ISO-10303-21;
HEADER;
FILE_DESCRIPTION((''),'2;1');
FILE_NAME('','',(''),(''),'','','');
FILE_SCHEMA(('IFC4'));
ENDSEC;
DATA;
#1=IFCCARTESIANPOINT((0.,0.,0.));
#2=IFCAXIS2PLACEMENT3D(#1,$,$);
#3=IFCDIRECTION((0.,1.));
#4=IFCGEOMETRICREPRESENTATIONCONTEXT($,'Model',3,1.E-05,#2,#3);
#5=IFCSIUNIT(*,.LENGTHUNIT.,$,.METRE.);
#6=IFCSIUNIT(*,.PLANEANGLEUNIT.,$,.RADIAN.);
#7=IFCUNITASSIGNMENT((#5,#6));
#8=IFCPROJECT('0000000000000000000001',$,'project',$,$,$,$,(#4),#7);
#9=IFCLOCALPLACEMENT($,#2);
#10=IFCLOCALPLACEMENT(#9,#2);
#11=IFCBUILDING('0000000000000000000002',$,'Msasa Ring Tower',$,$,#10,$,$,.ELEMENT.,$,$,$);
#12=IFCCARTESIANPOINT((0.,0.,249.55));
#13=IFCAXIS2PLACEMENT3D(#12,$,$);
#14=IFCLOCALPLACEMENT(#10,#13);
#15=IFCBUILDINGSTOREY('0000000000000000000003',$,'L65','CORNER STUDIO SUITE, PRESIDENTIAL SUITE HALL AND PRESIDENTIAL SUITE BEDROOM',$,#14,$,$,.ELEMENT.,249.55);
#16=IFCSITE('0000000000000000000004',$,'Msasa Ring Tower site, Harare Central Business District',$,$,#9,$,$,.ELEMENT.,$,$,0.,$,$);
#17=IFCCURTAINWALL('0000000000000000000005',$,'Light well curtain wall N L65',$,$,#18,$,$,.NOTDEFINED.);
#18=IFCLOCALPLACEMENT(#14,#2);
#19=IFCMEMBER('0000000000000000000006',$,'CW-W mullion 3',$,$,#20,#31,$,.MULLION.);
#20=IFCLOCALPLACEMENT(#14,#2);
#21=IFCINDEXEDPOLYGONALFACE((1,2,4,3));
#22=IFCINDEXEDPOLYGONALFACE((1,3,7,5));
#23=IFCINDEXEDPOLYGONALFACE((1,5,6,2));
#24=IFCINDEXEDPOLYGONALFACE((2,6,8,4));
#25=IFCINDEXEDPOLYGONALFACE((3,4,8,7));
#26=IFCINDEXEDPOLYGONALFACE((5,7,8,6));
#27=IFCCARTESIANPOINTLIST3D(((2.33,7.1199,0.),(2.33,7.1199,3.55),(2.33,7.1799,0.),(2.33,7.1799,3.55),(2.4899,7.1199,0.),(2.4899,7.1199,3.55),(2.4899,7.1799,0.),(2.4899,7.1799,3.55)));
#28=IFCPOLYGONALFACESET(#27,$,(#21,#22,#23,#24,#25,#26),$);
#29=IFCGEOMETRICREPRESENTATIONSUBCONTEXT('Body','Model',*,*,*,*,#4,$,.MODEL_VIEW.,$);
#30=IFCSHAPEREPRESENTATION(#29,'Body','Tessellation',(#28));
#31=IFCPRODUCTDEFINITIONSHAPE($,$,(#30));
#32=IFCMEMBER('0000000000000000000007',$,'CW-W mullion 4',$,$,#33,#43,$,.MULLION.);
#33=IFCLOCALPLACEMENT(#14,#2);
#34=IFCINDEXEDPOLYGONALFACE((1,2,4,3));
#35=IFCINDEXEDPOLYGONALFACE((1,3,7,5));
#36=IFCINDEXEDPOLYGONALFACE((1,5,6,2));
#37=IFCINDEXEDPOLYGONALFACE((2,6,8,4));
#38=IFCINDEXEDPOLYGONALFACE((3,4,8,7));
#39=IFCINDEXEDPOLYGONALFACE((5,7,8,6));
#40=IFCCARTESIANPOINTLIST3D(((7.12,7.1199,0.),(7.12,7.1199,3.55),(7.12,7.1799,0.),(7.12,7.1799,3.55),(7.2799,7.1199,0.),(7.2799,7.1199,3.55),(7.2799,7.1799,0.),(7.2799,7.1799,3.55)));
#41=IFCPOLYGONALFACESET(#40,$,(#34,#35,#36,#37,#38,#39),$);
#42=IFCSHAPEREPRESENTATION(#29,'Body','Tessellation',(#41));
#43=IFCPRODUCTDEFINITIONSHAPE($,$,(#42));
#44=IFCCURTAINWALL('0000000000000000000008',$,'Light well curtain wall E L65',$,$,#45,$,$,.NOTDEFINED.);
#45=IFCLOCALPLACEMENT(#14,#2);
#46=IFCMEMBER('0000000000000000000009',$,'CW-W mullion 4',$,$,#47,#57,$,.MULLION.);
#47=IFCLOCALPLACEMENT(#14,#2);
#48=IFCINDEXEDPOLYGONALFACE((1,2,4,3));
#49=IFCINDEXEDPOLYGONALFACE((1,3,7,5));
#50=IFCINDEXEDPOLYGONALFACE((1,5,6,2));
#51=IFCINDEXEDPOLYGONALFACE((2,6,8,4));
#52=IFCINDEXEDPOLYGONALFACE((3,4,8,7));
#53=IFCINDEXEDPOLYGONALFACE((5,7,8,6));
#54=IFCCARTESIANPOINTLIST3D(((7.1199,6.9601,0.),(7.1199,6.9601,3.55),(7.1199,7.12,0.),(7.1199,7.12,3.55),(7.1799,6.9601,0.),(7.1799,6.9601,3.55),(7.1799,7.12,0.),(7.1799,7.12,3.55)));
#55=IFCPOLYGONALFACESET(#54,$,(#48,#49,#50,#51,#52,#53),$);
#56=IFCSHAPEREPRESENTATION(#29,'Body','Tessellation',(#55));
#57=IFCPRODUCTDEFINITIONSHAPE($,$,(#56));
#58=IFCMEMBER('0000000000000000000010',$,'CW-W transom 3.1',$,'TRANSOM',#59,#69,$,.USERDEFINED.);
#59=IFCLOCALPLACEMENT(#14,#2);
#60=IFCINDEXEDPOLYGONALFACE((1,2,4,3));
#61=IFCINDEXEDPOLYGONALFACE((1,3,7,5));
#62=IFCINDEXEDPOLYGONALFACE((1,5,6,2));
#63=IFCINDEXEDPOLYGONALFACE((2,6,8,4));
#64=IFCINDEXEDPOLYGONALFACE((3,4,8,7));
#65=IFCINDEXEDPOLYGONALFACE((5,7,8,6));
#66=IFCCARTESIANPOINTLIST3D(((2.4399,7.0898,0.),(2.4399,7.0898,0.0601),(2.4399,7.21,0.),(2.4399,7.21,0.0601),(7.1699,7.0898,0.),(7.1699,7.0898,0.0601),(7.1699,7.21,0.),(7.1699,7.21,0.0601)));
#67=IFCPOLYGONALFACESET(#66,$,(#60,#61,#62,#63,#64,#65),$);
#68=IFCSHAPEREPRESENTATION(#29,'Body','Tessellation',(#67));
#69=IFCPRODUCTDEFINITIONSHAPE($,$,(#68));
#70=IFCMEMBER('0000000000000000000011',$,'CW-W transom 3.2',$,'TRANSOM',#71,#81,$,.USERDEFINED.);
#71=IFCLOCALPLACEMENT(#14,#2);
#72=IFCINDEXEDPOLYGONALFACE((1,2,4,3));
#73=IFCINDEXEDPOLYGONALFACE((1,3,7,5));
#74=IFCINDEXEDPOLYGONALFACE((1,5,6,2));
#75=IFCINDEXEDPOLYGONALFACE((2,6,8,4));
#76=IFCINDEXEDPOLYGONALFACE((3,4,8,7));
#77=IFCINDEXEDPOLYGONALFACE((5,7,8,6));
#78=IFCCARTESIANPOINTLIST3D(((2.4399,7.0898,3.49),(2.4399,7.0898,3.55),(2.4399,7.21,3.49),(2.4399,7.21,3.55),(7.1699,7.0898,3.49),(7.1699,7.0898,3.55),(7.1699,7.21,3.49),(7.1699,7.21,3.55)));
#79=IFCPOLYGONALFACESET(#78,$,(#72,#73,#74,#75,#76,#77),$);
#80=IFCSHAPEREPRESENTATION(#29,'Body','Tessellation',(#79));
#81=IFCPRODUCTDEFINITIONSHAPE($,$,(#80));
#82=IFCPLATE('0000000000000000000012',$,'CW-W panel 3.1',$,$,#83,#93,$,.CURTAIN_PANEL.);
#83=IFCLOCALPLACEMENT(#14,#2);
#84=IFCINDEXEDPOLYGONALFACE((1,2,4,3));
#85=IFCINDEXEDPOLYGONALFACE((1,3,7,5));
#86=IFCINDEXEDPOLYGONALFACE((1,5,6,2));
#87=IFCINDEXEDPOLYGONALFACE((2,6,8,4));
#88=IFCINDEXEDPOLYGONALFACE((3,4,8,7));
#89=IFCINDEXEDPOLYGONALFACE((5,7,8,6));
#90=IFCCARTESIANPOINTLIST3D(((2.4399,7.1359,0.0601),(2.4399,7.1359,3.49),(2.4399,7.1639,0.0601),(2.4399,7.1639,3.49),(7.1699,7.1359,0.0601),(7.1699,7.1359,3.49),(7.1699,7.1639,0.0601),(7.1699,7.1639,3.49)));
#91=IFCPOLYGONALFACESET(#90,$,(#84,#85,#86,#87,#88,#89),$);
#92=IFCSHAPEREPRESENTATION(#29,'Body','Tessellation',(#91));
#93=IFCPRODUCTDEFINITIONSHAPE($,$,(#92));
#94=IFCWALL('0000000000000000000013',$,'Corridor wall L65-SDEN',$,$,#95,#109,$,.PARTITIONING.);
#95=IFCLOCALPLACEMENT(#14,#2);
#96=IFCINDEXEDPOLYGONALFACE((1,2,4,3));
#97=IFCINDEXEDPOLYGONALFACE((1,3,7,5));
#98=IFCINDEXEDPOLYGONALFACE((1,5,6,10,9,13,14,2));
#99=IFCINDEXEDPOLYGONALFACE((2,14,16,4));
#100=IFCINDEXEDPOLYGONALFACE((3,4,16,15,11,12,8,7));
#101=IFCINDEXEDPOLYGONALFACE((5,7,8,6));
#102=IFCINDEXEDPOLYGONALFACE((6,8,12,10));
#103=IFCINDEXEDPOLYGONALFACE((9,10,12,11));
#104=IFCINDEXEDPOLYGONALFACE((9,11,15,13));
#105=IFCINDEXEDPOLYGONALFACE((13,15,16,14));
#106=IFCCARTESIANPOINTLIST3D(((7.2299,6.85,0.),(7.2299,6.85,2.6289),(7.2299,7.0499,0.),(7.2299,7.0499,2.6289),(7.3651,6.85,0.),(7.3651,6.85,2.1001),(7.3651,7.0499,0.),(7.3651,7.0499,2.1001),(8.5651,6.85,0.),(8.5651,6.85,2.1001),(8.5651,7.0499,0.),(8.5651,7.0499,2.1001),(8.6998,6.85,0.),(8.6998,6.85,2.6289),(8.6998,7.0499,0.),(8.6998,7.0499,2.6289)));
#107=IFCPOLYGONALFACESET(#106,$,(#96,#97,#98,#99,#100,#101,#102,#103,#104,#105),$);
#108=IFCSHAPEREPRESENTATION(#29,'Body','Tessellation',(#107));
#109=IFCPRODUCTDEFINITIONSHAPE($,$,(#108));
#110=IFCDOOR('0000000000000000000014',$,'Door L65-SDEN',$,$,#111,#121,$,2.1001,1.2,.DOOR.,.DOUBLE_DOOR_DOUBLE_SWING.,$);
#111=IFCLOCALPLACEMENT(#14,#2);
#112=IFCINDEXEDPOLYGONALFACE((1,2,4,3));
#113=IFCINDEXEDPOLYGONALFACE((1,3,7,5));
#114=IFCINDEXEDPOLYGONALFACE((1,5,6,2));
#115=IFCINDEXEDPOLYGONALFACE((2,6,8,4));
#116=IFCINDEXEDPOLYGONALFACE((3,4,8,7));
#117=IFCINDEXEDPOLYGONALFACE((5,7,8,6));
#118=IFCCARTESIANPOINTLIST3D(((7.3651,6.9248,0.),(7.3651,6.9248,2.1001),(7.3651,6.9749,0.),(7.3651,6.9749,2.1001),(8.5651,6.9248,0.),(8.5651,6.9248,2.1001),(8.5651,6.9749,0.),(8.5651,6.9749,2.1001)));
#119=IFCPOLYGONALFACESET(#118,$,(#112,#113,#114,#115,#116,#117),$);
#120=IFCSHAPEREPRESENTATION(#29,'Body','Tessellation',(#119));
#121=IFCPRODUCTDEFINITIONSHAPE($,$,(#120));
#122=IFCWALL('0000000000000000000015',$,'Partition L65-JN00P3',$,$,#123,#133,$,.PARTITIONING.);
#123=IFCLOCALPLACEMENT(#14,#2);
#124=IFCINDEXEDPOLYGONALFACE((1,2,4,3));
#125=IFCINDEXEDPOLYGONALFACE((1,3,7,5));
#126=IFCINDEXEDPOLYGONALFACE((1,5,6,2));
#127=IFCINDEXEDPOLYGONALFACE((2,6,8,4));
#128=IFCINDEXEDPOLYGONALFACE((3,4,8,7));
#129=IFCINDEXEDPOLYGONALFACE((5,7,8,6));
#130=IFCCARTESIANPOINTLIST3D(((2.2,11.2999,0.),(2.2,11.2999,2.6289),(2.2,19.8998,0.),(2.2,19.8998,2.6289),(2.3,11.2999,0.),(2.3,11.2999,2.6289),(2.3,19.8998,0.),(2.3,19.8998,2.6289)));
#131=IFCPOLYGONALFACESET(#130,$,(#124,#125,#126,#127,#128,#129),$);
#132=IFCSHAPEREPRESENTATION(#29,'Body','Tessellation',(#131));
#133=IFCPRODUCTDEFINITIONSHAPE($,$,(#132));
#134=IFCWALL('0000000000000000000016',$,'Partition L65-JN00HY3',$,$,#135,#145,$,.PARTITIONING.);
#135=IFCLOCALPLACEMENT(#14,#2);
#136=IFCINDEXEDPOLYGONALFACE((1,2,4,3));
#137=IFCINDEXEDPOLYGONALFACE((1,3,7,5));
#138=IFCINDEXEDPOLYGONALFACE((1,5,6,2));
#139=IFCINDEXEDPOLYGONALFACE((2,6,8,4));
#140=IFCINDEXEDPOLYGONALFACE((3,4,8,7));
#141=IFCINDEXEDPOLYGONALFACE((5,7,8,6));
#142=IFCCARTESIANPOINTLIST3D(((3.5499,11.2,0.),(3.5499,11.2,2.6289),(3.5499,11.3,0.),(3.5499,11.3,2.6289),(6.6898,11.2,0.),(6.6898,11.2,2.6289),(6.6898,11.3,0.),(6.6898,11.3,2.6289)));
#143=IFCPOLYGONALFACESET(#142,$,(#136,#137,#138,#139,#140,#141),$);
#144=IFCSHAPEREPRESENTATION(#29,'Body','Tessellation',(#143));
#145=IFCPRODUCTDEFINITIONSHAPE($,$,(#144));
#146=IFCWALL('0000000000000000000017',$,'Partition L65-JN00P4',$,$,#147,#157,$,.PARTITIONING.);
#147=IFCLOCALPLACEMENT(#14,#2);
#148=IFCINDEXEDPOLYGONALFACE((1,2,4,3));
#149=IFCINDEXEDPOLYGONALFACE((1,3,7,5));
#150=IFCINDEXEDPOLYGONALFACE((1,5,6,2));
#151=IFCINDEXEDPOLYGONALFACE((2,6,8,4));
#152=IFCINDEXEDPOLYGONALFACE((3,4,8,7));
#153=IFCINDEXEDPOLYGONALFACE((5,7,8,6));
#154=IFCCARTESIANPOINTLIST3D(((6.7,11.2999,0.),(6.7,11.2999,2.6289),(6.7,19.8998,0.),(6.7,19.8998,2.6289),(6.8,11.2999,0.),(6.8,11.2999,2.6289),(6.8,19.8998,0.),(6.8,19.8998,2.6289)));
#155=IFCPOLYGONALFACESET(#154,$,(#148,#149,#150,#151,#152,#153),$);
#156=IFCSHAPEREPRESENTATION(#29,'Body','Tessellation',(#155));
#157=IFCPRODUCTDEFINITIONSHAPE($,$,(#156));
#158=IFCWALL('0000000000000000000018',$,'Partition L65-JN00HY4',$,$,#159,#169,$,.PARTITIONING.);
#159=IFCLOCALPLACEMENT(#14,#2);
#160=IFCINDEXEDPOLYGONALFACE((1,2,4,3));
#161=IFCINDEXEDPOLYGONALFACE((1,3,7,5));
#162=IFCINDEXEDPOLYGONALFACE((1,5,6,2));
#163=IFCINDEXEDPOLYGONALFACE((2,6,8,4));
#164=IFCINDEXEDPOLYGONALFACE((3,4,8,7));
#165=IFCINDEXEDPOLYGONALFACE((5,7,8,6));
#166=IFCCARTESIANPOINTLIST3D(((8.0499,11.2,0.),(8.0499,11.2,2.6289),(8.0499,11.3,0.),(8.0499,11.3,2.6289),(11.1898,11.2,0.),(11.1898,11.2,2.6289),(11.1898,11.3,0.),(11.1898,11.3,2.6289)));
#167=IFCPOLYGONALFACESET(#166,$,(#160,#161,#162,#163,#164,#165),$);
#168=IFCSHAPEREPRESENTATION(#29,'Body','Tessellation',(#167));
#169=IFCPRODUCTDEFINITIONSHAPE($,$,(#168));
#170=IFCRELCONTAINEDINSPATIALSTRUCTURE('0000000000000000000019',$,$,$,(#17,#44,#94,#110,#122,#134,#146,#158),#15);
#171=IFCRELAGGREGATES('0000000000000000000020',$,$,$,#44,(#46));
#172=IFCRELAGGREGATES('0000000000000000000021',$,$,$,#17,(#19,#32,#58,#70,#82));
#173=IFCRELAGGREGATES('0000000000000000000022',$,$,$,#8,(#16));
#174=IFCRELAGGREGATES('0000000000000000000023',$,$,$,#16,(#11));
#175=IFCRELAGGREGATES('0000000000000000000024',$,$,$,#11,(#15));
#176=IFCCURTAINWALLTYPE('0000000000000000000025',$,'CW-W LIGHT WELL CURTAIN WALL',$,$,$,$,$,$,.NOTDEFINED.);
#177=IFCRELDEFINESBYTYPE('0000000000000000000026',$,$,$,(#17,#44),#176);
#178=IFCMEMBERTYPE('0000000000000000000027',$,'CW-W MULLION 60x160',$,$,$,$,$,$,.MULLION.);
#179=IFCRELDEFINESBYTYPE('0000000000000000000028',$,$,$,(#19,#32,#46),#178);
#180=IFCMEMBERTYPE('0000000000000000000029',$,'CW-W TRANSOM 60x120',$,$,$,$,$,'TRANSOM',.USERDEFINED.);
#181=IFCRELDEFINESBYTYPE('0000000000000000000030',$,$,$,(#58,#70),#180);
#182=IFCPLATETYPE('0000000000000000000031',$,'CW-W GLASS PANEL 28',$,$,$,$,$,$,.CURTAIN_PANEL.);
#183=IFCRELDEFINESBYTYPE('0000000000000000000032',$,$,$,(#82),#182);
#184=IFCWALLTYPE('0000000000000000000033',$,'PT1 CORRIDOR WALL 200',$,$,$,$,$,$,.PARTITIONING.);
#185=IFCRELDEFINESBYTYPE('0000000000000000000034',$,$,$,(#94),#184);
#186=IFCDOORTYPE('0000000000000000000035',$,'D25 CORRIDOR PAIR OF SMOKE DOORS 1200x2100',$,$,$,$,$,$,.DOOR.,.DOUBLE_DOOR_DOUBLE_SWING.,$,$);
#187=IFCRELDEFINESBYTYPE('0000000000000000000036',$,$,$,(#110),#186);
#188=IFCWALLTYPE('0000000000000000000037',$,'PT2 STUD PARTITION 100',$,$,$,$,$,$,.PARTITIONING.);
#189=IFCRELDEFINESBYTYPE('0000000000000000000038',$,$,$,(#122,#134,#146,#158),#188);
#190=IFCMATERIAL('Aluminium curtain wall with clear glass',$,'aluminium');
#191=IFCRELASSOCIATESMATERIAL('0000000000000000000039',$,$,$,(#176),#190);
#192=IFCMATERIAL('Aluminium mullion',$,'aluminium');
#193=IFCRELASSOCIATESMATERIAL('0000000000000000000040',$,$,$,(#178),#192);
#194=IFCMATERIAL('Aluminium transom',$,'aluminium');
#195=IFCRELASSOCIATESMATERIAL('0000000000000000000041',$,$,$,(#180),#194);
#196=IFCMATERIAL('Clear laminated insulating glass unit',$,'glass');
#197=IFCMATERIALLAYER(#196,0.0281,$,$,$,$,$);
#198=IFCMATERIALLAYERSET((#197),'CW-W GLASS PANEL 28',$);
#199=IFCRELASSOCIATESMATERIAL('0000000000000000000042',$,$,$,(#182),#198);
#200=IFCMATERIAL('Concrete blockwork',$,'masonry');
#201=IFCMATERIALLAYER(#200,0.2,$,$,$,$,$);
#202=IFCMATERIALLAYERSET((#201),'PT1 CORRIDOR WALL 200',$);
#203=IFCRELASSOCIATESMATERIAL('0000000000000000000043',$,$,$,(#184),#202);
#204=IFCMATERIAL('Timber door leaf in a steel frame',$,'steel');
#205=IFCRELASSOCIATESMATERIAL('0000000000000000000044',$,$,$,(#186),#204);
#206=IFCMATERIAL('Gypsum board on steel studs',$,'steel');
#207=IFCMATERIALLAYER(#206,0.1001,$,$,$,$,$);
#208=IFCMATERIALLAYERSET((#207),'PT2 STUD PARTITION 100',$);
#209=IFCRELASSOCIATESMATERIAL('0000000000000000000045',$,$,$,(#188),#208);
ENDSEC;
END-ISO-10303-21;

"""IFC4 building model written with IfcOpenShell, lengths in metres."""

from ifc_helpers import new_model, si_unit, direction, frame, frame_2d, origin, origin_2d, place, context, subcontext, project, spatial, rectangle, extrude, material, layer, layer_set, material_profile, profile_set, type_object, element, fill, aggregate, save


model = new_model("IFC4")

# Units and contexts
model_context = context("Model", 3, precision=1e-05, world=origin(), true_north=direction((0.0, 1.0)))
body_context = subcontext(model_context, "Body", "Model", "MODEL_VIEW")
ifc_project = project(units=[si_unit("LENGTHUNIT", "METRE"), si_unit("PLANEANGLEUNIT", "RADIAN")], contexts=[model_context])

# Site, building, storey
site_placement = place(None, origin())
site = spatial("IfcSite", under=ifc_project, at=site_placement, Name="Msasa Ring Tower site, Harare Central Business District", CompositionType="ELEMENT", RefElevation=0.0)
building_placement = place(site_placement, origin())
building = spatial("IfcBuilding", under=site, at=building_placement, Name="Msasa Ring Tower", CompositionType="ELEMENT")
storey_placement = place(building_placement, frame((0.0, 0.0, 249.55)))
storey = spatial("IfcBuildingStorey", under=building, at=storey_placement, Name="L65", Description="CORNER STUDIO SUITE, PRESIDENTIAL SUITE HALL AND PRESIDENTIAL SUITE BEDROOM", CompositionType="ELEMENT", Elevation=249.55)

# Curtain wall, members
ifc_material_1 = material(Name="Aluminium curtain wall with clear glass", Category="aluminium")
curtain_wall_type = type_object("IfcCurtainWallType", Name="CW-W LIGHT WELL CURTAIN WALL", PredefinedType="NOTDEFINED", material=ifc_material_1)
curtain_wall_1_placement = place(storey_placement, origin())
curtain_wall_1 = element("IfcCurtainWall", 1, at=curtain_wall_1_placement, inside=storey, type_object=curtain_wall_type, Name="Light well curtain wall N L65", PredefinedType="NOTDEFINED")
ifc_material_2 = material(Name="Aluminium mullion", Category="aluminium")
ifc_material_profile_1 = material_profile(ifc_material_2, rectangle(XDim=0.0601, YDim=0.1599, at=origin_2d()), Name="AL 60x160")
ifc_profile_set_1 = profile_set([ifc_material_profile_1], Name="Aluminium mullion")
member_type_1 = type_object("IfcMemberType", Name="CW-W MULLION 60x160", PredefinedType="MULLION", material=ifc_profile_set_1)
member_1_placement = place(storey_placement, frame((2.4099, 7.1499, 0.0), z_axis=(0.0, 0.0, 1.0), x_axis=(0.0, 1.0, 0.0)))
member_1 = element("IfcMember", 2, at=member_1_placement, type_object=member_type_1, Name="CW-W mullion 3", PredefinedType="MULLION", context=body_context, shape_type="SweptSolid", body=[
    extrude(rectangle(XDim=0.0601, YDim=0.1599, at=origin_2d()), origin(), (0.0, 0.0, 1.0), 3.55),
])
member_2_placement = place(storey_placement, frame((7.2, 7.1499, 0.0), z_axis=(0.0, 0.0, 1.0), x_axis=(0.0, 1.0, 0.0)))
member_2 = element("IfcMember", 3, at=member_2_placement, type_object=member_type_1, Name="CW-W mullion 4", PredefinedType="MULLION", context=body_context, shape_type="SweptSolid", body=[
    extrude(rectangle(XDim=0.0601, YDim=0.1599, at=origin_2d()), origin(), (0.0, 0.0, 1.0), 3.55),
])

# Curtain wall, member
curtain_wall_2_placement = place(storey_placement, origin())
curtain_wall_2 = element("IfcCurtainWall", 4, at=curtain_wall_2_placement, inside=storey, type_object=curtain_wall_type, Name="Light well curtain wall E L65", PredefinedType="NOTDEFINED")
member_3_placement = place(storey_placement, frame((7.1499, 7.04, 0.0), z_axis=(0.0, 0.0, 1.0), x_axis=(-1.0, 0.0, 0.0)))
member_3 = element("IfcMember", 5, at=member_3_placement, type_object=member_type_1, Name="CW-W mullion 4", PredefinedType="MULLION", context=body_context, shape_type="SweptSolid", body=[
    extrude(rectangle(XDim=0.0601, YDim=0.1599, at=origin_2d()), origin(), (0.0, 0.0, 1.0), 3.55),
])
aggregate(curtain_wall_2, [member_3])

# Members
ifc_material_3 = material(Name="Aluminium transom", Category="aluminium")
ifc_material_profile_2 = material_profile(ifc_material_3, rectangle(XDim=0.1201, YDim=0.0601, at=origin_2d()), Name="AL 60x120")
ifc_profile_set_2 = profile_set([ifc_material_profile_2], Name="Aluminium transom")
member_type_2 = type_object("IfcMemberType", Name="CW-W TRANSOM 60x120", ElementType="TRANSOM", PredefinedType="USERDEFINED", material=ifc_profile_set_2)
member_4_placement = place(storey_placement, frame((2.4399, 7.1499, 0.03), z_axis=(1.0, 0.0, 0.0), x_axis=(0.0, 1.0, 0.0)))
member_4 = element("IfcMember", 6, at=member_4_placement, type_object=member_type_2, Name="CW-W transom 3.1", ObjectType="TRANSOM", PredefinedType="USERDEFINED", context=body_context, shape_type="SweptSolid", body=[
    extrude(rectangle(XDim=0.1201, YDim=0.0601, at=origin_2d()), origin(), (0.0, 0.0, 1.0), 4.73),
])
member_5_placement = place(storey_placement, frame((2.4399, 7.1499, 3.52), z_axis=(1.0, 0.0, 0.0), x_axis=(0.0, 1.0, 0.0)))
member_5 = element("IfcMember", 7, at=member_5_placement, type_object=member_type_2, Name="CW-W transom 3.2", ObjectType="TRANSOM", PredefinedType="USERDEFINED", context=body_context, shape_type="SweptSolid", body=[
    extrude(rectangle(XDim=0.1201, YDim=0.0601, at=origin_2d()), origin(), (0.0, 0.0, 1.0), 4.73),
])

# Plate
ifc_material_4 = material(Name="Clear laminated insulating glass unit", Category="glass")
ifc_layer_1 = layer(ifc_material_4, 0.0281)
ifc_layer_set_1 = layer_set([ifc_layer_1], Name="CW-W GLASS PANEL 28")
plate_type = type_object("IfcPlateType", Name="CW-W GLASS PANEL 28", PredefinedType="CURTAIN_PANEL", material=ifc_layer_set_1)
plate_placement = place(storey_placement, frame((4.8049, 7.1499, 0.0601), z_axis=(0.0, 0.0, 1.0), x_axis=(1.0, 0.0, 0.0)))
plate = element("IfcPlate", 8, at=plate_placement, type_object=plate_type, Name="CW-W panel 3.1", PredefinedType="CURTAIN_PANEL", context=body_context, shape_type="SweptSolid", body=[
    extrude(rectangle(XDim=4.73, YDim=0.0281, at=origin_2d()), origin(), (0.0, 0.0, 1.0), 3.4299),
])
aggregate(curtain_wall_1, [member_1, member_2, member_4, member_5, plate])

# Wall, opening, door
ifc_material_5 = material(Name="Concrete blockwork", Category="masonry")
ifc_layer_2 = layer(ifc_material_5, 0.2)
ifc_layer_set_2 = layer_set([ifc_layer_2], Name="PT1 CORRIDOR WALL 200")
wall_type_1 = type_object("IfcWallType", Name="PT1 CORRIDOR WALL 200", PredefinedType="PARTITIONING", material=ifc_layer_set_2)
wall_1_placement = place(storey_placement, frame((7.23, 6.95, 0.0), z_axis=(0.0, 0.0, 1.0), x_axis=(1.0, 0.0, 0.0)))
wall_1 = element("IfcWall", 9, at=wall_1_placement, inside=storey, type_object=wall_type_1, Name="Corridor wall L65-SDEN", PredefinedType="PARTITIONING", context=body_context, shape_type="SweptSolid", body=[
    extrude(rectangle(XDim=1.47, YDim=0.2, at=frame_2d((0.7349, 0.0))), origin(), (0.0, 0.0, 1.0), 2.6289),
])
opening_1_placement = place(wall_1_placement, frame((0.135, 0.0, 0.0)))
opening_1 = element("IfcOpeningElement", 10, at=opening_1_placement, cuts=wall_1, PredefinedType="OPENING", context=body_context, shape_type="SweptSolid", body=[
    extrude(rectangle(XDim=1.2, YDim=2.1001, at=frame_2d((0.6001, 1.05))), frame((0.0, 0.1099, 0.0), z_axis=(0.0, -1.0, 0.0), x_axis=(1.0, 0.0, 0.0)), (0.0, 0.0, 1.0), 0.22),
])
ifc_material_6 = material(Name="Timber door leaf in a steel frame", Category="steel")
door_type_1 = type_object("IfcDoorType", Name="D25 CORRIDOR PAIR OF SMOKE DOORS 1200x2100", OperationType="DOUBLE_DOOR_DOUBLE_SWING", PredefinedType="DOOR", material=ifc_material_6)
door_1_placement = place(opening_1_placement, origin())
door_1 = element("IfcDoor", 11, at=door_1_placement, inside=storey, type_object=door_type_1, Name="Door L65-SDEN", OperationType="DOUBLE_DOOR_DOUBLE_SWING", OverallHeight=2.1001, OverallWidth=1.2, PredefinedType="DOOR", context=body_context, shape_type="SweptSolid", body=[
    extrude(rectangle(XDim=1.2, YDim=2.1001, at=frame_2d((0.6001, 1.05))), frame((0.0, 0.0249, 0.0), z_axis=(0.0, -1.0, 0.0), x_axis=(1.0, 0.0, 0.0)), (0.0, 0.0, 1.0), 0.05),
])
fill(opening_1, door_1)

# Walls
ifc_material_7 = material(Name="Gypsum board on steel studs", Category="steel")
ifc_layer_3 = layer(ifc_material_7, 0.1001)
ifc_layer_set_3 = layer_set([ifc_layer_3], Name="PT2 STUD PARTITION 100")
wall_type_2 = type_object("IfcWallType", Name="PT2 STUD PARTITION 100", PredefinedType="PARTITIONING", material=ifc_layer_set_3)
wall_2_placement = place(storey_placement, frame((2.25, 11.3, 0.0), z_axis=(0.0, 0.0, 1.0), x_axis=(0.0, 1.0, 0.0)))
element("IfcWall", 12, at=wall_2_placement, inside=storey, type_object=wall_type_2, Name="Partition L65-JN00P3", PredefinedType="PARTITIONING", context=body_context, shape_type="SweptSolid", body=[
    extrude(rectangle(XDim=8.5999, YDim=0.1001, at=frame_2d((4.2998, 0.0))), origin(), (0.0, 0.0, 1.0), 2.6289),
])
wall_3_placement = place(storey_placement, frame((3.55, 11.25, 0.0), z_axis=(0.0, 0.0, 1.0), x_axis=(1.0, 0.0, 0.0)))
element("IfcWall", 13, at=wall_3_placement, inside=storey, type_object=wall_type_2, Name="Partition L65-JN00HY3", PredefinedType="PARTITIONING", context=body_context, shape_type="SweptSolid", body=[
    extrude(rectangle(XDim=3.1399, YDim=0.1001, at=frame_2d((1.5698, 0.0))), origin(), (0.0, 0.0, 1.0), 2.6289),
])
wall_4_placement = place(storey_placement, frame((6.75, 11.3, 0.0), z_axis=(0.0, 0.0, 1.0), x_axis=(0.0, 1.0, 0.0)))
element("IfcWall", 14, at=wall_4_placement, inside=storey, type_object=wall_type_2, Name="Partition L65-JN00P4", PredefinedType="PARTITIONING", context=body_context, shape_type="SweptSolid", body=[
    extrude(rectangle(XDim=8.5999, YDim=0.1001, at=frame_2d((4.2998, 0.0))), origin(), (0.0, 0.0, 1.0), 2.6289),
])
wall_5_placement = place(storey_placement, frame((8.05, 11.25, 0.0), z_axis=(0.0, 0.0, 1.0), x_axis=(1.0, 0.0, 0.0)))
element("IfcWall", 15, at=wall_5_placement, inside=storey, type_object=wall_type_2, Name="Partition L65-JN00HY4", PredefinedType="PARTITIONING", context=body_context, shape_type="SweptSolid", body=[
    extrude(rectangle(XDim=3.1399, YDim=0.1001, at=frame_2d((1.5698, 0.0))), origin(), (0.0, 0.0, 1.0), 2.6289),
])

save(model, "model.ifc")
